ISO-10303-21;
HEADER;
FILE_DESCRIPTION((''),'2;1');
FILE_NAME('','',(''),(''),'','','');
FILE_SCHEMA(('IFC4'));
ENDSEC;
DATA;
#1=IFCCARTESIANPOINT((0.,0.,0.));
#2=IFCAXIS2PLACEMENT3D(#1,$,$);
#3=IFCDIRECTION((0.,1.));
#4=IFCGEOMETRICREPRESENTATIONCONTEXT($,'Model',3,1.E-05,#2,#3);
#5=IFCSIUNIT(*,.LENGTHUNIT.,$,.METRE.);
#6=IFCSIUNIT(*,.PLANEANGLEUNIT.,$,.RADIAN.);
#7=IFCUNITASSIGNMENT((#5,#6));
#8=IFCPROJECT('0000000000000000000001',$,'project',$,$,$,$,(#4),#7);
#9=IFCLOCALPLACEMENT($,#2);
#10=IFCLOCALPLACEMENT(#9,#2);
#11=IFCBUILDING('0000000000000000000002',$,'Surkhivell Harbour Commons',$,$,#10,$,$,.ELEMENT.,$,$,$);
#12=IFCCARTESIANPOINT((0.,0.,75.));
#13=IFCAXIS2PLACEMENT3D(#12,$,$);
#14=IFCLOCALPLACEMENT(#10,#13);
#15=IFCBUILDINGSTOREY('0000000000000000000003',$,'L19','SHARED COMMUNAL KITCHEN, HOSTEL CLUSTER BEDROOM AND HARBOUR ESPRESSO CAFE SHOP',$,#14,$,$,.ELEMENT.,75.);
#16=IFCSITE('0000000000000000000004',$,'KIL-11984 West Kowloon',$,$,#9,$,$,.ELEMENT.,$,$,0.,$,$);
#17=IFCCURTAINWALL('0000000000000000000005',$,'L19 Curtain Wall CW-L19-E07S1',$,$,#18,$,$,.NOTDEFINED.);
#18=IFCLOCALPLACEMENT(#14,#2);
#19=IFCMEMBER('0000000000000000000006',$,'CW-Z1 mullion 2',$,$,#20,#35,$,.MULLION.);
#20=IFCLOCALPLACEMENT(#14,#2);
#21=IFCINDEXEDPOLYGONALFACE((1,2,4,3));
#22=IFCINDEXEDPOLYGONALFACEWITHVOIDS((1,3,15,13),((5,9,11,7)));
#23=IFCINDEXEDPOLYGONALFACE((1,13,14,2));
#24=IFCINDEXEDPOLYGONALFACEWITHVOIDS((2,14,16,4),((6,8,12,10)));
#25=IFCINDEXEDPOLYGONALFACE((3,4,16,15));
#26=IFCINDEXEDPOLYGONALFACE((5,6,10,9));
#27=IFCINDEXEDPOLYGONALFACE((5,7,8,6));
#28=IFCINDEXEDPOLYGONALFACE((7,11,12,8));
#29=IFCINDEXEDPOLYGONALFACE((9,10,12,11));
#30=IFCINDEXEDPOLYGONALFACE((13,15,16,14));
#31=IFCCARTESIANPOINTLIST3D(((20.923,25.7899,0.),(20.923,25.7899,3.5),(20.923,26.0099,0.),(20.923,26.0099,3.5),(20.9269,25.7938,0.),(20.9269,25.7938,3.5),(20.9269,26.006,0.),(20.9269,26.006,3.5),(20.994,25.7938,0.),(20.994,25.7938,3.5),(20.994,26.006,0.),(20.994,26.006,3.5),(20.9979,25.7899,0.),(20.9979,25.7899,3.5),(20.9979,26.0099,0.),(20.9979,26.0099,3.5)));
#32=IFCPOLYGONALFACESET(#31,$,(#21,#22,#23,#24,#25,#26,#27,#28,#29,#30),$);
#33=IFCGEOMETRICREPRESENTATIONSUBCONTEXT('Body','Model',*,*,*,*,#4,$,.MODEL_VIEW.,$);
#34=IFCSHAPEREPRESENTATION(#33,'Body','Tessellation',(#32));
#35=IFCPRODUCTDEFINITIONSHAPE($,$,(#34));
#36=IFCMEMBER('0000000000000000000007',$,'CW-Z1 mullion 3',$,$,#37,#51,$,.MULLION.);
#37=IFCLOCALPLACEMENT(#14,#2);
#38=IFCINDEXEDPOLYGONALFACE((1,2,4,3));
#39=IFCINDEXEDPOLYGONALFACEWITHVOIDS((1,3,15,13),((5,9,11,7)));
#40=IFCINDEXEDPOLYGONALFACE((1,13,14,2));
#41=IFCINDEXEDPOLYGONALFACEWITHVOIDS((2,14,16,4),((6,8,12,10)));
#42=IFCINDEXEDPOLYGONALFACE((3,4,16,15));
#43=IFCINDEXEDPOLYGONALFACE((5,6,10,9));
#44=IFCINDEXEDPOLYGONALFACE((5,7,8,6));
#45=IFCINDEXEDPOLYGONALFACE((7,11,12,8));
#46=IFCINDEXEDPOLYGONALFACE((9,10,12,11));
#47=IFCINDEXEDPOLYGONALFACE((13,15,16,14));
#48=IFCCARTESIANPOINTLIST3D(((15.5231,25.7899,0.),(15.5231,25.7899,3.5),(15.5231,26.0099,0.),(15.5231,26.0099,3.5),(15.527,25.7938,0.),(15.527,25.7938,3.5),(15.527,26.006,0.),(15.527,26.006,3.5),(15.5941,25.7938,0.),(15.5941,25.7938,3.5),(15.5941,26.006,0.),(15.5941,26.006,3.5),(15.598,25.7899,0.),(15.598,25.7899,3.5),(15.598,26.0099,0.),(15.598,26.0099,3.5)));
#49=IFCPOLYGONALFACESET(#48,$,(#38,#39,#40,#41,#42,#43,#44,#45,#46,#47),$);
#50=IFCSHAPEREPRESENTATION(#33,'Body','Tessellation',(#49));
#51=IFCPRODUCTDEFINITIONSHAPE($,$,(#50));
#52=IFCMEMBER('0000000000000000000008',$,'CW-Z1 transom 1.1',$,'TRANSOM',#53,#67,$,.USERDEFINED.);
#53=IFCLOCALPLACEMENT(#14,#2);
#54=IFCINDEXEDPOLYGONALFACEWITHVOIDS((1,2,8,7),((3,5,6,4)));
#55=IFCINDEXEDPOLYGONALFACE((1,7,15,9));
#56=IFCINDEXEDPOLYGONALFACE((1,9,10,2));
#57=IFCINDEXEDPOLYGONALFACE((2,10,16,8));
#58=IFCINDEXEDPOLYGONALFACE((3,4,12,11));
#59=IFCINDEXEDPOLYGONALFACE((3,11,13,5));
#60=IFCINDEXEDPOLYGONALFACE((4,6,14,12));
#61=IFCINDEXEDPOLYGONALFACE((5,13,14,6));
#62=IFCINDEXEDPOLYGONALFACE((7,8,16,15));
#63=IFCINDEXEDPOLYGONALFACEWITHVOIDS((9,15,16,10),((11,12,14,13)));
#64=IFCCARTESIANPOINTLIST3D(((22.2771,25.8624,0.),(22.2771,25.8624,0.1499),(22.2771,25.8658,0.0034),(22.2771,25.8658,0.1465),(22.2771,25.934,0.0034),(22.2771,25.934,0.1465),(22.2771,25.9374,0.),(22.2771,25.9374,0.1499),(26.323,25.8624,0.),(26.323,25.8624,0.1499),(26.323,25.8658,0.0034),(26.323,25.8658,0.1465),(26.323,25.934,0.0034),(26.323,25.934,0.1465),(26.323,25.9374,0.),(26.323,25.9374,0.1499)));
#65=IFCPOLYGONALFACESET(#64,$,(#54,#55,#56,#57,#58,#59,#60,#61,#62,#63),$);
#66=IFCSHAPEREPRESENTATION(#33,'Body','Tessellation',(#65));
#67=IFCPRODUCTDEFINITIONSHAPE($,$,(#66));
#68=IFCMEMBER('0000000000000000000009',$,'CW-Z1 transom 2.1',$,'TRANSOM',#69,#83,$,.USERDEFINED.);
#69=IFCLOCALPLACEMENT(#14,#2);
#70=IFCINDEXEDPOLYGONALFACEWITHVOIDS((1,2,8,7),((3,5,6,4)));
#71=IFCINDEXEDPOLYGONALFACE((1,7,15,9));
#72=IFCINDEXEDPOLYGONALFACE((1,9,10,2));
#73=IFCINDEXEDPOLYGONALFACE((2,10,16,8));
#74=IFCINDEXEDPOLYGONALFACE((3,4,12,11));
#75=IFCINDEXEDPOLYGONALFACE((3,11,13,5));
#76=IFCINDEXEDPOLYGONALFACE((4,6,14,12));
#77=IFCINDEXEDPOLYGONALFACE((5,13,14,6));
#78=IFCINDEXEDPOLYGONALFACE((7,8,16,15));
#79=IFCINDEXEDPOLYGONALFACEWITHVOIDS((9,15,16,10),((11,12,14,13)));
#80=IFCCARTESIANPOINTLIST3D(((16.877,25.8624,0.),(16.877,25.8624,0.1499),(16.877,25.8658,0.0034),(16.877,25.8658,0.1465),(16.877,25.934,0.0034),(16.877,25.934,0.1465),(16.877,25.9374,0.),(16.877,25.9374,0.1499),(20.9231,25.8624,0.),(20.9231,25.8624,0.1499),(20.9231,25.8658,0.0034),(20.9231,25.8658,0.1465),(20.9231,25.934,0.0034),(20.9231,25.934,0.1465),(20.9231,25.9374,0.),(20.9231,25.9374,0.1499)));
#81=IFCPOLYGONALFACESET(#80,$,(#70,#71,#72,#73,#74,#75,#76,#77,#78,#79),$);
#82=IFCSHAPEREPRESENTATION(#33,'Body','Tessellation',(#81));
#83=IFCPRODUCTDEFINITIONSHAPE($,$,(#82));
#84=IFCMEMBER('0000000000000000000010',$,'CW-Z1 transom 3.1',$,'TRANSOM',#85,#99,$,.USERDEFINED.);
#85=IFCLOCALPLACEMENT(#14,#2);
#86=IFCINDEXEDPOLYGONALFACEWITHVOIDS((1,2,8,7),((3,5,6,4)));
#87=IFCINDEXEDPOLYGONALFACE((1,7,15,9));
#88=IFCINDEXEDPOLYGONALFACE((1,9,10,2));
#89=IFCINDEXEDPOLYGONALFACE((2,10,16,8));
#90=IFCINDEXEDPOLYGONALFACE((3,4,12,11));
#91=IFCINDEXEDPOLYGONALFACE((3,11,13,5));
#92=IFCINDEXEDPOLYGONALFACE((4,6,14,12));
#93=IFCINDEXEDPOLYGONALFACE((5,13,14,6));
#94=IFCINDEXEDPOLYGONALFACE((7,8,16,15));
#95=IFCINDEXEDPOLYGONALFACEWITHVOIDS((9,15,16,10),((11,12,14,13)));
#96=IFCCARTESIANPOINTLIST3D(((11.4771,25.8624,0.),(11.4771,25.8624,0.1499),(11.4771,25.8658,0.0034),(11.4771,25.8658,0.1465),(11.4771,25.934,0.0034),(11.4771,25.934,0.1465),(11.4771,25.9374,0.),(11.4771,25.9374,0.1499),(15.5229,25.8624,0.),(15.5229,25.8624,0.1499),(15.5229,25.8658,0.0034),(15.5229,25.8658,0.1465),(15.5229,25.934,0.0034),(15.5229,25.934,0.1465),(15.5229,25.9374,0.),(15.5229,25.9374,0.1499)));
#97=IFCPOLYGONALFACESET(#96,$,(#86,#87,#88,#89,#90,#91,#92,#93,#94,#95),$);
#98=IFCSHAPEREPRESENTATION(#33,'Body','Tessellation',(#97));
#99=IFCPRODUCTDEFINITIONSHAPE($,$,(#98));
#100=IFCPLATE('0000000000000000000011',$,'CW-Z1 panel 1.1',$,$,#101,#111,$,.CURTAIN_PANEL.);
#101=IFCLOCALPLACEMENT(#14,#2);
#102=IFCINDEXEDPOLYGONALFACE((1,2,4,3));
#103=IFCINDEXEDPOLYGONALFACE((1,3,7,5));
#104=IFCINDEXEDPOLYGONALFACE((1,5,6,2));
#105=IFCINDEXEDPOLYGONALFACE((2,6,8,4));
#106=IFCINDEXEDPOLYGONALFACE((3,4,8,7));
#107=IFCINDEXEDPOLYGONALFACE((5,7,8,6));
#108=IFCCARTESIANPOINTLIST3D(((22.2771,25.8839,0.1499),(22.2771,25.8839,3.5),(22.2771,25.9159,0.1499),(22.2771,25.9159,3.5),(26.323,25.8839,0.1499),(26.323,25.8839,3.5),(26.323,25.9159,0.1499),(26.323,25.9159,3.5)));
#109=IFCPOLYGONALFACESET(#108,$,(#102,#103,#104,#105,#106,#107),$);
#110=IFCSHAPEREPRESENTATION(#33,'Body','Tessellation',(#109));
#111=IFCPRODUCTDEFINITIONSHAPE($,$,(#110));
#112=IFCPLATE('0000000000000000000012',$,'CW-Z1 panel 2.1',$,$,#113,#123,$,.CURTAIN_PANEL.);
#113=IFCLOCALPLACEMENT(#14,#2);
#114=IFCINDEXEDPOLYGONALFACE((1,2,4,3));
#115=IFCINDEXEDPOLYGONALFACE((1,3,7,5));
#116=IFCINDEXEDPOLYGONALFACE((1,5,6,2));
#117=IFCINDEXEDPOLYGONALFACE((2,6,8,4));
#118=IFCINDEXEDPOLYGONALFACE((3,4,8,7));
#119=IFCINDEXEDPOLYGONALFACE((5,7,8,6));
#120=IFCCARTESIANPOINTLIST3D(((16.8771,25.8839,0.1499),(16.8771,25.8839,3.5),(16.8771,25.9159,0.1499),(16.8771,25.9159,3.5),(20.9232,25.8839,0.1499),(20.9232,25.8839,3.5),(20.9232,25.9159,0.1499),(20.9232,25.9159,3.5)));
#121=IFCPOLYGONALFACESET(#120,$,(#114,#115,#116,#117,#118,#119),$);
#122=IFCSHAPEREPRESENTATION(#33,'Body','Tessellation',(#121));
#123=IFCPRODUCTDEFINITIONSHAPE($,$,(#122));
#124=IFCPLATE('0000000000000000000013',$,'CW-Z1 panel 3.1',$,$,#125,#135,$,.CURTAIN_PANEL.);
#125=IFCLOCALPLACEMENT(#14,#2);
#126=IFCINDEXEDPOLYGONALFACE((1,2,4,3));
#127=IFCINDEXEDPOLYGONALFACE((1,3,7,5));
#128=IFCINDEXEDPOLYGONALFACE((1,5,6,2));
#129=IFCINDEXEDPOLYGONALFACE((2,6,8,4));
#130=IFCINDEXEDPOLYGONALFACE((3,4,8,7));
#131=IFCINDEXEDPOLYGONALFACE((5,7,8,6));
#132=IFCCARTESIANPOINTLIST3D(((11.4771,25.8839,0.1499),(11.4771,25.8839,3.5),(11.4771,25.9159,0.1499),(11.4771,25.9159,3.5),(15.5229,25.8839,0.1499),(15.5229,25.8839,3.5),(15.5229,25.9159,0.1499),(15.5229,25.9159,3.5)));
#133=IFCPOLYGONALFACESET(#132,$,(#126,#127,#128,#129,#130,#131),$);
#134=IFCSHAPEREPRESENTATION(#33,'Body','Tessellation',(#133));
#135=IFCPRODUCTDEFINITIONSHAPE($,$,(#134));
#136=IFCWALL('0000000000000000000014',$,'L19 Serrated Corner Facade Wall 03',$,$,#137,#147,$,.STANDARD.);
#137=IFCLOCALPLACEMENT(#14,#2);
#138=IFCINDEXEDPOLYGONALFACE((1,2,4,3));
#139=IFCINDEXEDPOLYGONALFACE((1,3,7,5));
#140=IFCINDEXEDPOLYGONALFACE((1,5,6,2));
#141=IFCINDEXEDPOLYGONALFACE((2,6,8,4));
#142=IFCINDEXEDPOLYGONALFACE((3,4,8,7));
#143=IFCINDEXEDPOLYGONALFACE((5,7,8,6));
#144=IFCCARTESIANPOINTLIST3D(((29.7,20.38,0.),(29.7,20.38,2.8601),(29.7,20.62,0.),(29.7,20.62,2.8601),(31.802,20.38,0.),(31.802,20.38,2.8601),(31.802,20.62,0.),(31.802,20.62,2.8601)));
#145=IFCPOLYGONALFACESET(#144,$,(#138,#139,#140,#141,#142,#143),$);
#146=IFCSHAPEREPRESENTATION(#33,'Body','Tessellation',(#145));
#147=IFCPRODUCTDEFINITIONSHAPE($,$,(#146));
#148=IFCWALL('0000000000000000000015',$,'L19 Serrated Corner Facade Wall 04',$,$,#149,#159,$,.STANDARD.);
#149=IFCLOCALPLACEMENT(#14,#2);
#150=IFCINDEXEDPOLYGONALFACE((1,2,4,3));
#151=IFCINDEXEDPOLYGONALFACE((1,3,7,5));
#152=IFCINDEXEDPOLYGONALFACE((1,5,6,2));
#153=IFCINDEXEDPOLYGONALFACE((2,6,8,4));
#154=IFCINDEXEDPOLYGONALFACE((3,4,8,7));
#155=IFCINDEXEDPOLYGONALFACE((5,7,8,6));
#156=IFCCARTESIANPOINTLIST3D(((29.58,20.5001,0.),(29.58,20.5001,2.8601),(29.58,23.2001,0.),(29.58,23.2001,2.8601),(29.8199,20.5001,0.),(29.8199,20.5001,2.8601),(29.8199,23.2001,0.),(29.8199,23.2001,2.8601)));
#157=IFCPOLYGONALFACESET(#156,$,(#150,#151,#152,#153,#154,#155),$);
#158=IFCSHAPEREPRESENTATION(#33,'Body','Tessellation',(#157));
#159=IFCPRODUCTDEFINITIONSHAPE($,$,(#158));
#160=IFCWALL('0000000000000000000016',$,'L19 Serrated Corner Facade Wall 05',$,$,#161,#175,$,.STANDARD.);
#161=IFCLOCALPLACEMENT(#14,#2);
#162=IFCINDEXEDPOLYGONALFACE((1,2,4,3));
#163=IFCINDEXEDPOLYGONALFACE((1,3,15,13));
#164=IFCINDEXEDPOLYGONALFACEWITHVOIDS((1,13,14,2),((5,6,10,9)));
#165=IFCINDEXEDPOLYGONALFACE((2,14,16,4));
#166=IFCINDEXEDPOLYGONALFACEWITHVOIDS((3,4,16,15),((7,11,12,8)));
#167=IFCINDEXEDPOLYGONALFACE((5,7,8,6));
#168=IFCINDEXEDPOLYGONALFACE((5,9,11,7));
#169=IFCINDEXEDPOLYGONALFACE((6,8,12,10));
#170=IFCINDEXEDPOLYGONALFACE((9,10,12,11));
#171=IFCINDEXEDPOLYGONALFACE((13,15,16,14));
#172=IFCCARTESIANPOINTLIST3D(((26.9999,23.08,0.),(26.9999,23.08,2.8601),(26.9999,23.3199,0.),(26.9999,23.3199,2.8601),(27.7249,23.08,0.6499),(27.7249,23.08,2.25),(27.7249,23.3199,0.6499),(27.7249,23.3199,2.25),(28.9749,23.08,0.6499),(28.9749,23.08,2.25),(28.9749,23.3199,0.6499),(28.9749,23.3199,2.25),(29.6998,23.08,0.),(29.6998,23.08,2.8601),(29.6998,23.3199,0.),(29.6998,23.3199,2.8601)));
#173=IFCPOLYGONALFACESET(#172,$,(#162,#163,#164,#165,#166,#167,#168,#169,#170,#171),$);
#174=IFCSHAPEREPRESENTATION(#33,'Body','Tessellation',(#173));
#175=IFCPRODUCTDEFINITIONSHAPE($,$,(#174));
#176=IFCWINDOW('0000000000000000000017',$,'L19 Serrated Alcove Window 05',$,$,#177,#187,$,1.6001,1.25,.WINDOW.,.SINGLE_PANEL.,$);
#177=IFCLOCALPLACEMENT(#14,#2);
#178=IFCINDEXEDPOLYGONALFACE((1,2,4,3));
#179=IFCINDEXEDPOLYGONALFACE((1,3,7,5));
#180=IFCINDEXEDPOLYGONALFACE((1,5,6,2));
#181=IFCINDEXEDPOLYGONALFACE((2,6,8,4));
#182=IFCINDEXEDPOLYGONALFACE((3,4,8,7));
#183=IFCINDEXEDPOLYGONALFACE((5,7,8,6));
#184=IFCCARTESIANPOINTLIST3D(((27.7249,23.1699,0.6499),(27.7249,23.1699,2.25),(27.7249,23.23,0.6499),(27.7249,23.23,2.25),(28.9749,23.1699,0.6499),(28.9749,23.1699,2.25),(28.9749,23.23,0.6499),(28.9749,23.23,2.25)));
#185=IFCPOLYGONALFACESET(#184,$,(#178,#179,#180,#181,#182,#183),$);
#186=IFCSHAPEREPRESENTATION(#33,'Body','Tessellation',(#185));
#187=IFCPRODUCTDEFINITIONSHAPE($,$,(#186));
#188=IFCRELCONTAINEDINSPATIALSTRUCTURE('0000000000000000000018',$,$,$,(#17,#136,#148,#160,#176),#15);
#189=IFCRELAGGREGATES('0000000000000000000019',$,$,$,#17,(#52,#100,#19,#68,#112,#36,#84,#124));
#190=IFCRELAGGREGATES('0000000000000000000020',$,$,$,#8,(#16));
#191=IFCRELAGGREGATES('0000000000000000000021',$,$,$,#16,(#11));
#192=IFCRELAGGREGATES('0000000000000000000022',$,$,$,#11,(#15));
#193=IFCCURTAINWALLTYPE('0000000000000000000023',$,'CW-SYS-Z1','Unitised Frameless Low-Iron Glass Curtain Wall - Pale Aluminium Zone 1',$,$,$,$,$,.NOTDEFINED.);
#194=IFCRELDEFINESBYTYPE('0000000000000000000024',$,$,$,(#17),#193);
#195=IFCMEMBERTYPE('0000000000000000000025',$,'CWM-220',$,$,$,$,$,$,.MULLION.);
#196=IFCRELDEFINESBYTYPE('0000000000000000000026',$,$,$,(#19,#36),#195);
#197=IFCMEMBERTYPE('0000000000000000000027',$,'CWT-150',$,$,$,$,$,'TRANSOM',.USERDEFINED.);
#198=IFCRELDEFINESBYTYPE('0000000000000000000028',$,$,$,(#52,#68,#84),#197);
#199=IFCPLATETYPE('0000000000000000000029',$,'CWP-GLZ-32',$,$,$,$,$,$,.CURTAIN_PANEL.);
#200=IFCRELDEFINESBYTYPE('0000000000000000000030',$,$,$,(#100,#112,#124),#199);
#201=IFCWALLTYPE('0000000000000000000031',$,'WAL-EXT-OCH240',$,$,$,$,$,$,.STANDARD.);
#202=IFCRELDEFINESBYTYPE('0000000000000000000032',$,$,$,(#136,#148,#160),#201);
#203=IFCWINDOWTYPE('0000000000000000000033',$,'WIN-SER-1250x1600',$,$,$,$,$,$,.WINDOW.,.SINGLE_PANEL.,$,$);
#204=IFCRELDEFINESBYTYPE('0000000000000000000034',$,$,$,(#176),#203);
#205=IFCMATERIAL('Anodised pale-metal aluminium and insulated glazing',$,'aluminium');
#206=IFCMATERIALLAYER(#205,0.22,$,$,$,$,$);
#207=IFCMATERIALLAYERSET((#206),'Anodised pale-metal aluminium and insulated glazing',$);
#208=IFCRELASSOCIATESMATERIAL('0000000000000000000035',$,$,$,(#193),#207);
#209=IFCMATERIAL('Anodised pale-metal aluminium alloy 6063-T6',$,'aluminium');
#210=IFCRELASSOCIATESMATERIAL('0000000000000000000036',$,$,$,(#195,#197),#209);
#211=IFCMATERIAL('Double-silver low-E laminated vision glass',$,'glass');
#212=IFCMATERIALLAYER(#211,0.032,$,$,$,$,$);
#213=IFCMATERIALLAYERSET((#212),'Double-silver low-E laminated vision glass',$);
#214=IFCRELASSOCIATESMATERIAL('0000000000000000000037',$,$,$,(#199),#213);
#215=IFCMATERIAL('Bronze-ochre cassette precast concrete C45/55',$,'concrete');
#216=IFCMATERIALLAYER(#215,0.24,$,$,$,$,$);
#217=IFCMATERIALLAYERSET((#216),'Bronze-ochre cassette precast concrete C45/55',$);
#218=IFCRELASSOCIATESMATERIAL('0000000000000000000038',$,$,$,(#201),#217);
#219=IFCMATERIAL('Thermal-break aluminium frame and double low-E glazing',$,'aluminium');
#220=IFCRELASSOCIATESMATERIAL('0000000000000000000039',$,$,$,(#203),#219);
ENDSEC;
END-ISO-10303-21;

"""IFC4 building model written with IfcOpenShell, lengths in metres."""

from ifc_helpers import new_model, si_unit, direction, frame, frame_2d, origin, origin_2d, place, context, subcontext, project, spatial, rectangle, hollow_rectangle, extrude, material, layer, layer_set, material_profile, profile_set, type_object, element, fill, aggregate, save


model = new_model("IFC4")

# Units and contexts
model_context = context("Model", 3, precision=1e-05, world=origin(), true_north=direction((0.0, 1.0)))
body_context = subcontext(model_context, "Body", "Model", "MODEL_VIEW")
ifc_project = project(units=[si_unit("LENGTHUNIT", "METRE"), si_unit("PLANEANGLEUNIT", "RADIAN")], contexts=[model_context])

# Site, building, storey
site_placement = place(None, origin())
site = spatial("IfcSite", under=ifc_project, at=site_placement, Name="KIL-11984 West Kowloon", CompositionType="ELEMENT", RefElevation=0.0)
building_placement = place(site_placement, origin())
building = spatial("IfcBuilding", under=site, at=building_placement, Name="Surkhivell Harbour Commons", CompositionType="ELEMENT")
storey_placement = place(building_placement, frame((0.0, 0.0, 75.0)))
storey = spatial("IfcBuildingStorey", under=building, at=storey_placement, Name="L19", Description="SHARED COMMUNAL KITCHEN, HOSTEL CLUSTER BEDROOM AND HARBOUR ESPRESSO CAFE SHOP", CompositionType="ELEMENT", Elevation=75.0)

# Curtain wall, members, plates
ifc_material_1 = material(Name="Anodised pale-metal aluminium and insulated glazing", Category="aluminium")
ifc_layer_1 = layer(ifc_material_1, 0.22)
ifc_layer_set_1 = layer_set([ifc_layer_1], Name="Anodised pale-metal aluminium and insulated glazing")
curtain_wall_type = type_object("IfcCurtainWallType", Name="CW-SYS-Z1", Description="Unitised Frameless Low-Iron Glass Curtain Wall - Pale Aluminium Zone 1", PredefinedType="NOTDEFINED", material=ifc_layer_set_1)
curtain_wall_placement = place(storey_placement, origin())
curtain_wall = element("IfcCurtainWall", 1, at=curtain_wall_placement, inside=storey, type_object=curtain_wall_type, Name="L19 Curtain Wall CW-L19-E07S1", PredefinedType="NOTDEFINED")
ifc_material_2 = material(Name="Anodised pale-metal aluminium alloy 6063-T6", Category="aluminium")
ifc_material_profile_1 = material_profile(ifc_material_2, hollow_rectangle(XDim=0.075, YDim=0.22, WallThickness=0.0039, at=origin_2d()), Name="ALU-MULL-75x220")
ifc_profile_set_1 = profile_set([ifc_material_profile_1], Name="Anodised pale-metal aluminium alloy 6063-T6")
member_type_1 = type_object("IfcMemberType", Name="CWM-220", PredefinedType="MULLION", material=ifc_profile_set_1)
member_1_placement = place(storey_placement, frame((20.9604, 25.8999, 0.0), z_axis=(0.0, 0.0, 1.0), x_axis=(-1.0, 0.0, 0.0)))
member_1 = element("IfcMember", 2, at=member_1_placement, type_object=member_type_1, Name="CW-Z1 mullion 2", PredefinedType="MULLION", context=body_context, shape_type="SweptSolid", body=[
    extrude(hollow_rectangle(XDim=0.075, YDim=0.22, WallThickness=0.0039, at=origin_2d()), origin(), (0.0, 0.0, 1.0), 3.5),
])
member_2_placement = place(storey_placement, frame((15.5605, 25.8999, 0.0), z_axis=(0.0, 0.0, 1.0), x_axis=(-1.0, 0.0, 0.0)))
member_2 = element("IfcMember", 3, at=member_2_placement, type_object=member_type_1, Name="CW-Z1 mullion 3", PredefinedType="MULLION", context=body_context, shape_type="SweptSolid", body=[
    extrude(hollow_rectangle(XDim=0.075, YDim=0.22, WallThickness=0.0039, at=origin_2d()), origin(), (0.0, 0.0, 1.0), 3.5),
])
ifc_material_profile_2 = material_profile(ifc_material_2, hollow_rectangle(XDim=0.075, YDim=0.1499, WallThickness=0.0034, at=origin_2d()), Name="ALU-TRAN-75x150")
ifc_profile_set_2 = profile_set([ifc_material_profile_2], Name="Anodised pale-metal aluminium alloy 6063-T6")
member_type_2 = type_object("IfcMemberType", Name="CWT-150", ElementType="TRANSOM", PredefinedType="USERDEFINED", material=ifc_profile_set_2)
member_3_placement = place(storey_placement, frame((26.323, 25.8999, 0.075), z_axis=(-1.0, 0.0, 0.0), x_axis=(0.0, -1.0, 0.0)))
member_3 = element("IfcMember", 4, at=member_3_placement, type_object=member_type_2, Name="CW-Z1 transom 1.1", ObjectType="TRANSOM", PredefinedType="USERDEFINED", context=body_context, shape_type="SweptSolid", body=[
    extrude(hollow_rectangle(XDim=0.075, YDim=0.1499, WallThickness=0.0034, at=origin_2d()), origin(), (0.0, 0.0, 1.0), 4.0459),
])
member_4_placement = place(storey_placement, frame((20.9231, 25.8999, 0.075), z_axis=(-1.0, 0.0, 0.0), x_axis=(0.0, -1.0, 0.0)))
member_4 = element("IfcMember", 5, at=member_4_placement, type_object=member_type_2, Name="CW-Z1 transom 2.1", ObjectType="TRANSOM", PredefinedType="USERDEFINED", context=body_context, shape_type="SweptSolid", body=[
    extrude(hollow_rectangle(XDim=0.075, YDim=0.1499, WallThickness=0.0034, at=origin_2d()), origin(), (0.0, 0.0, 1.0), 4.0461),
])
member_5_placement = place(storey_placement, frame((15.5229, 25.8999, 0.075), z_axis=(-1.0, 0.0, 0.0), x_axis=(0.0, -1.0, 0.0)))
member_5 = element("IfcMember", 6, at=member_5_placement, type_object=member_type_2, Name="CW-Z1 transom 3.1", ObjectType="TRANSOM", PredefinedType="USERDEFINED", context=body_context, shape_type="SweptSolid", body=[
    extrude(hollow_rectangle(XDim=0.075, YDim=0.1499, WallThickness=0.0034, at=origin_2d()), origin(), (0.0, 0.0, 1.0), 4.0459),
])
ifc_material_3 = material(Name="Double-silver low-E laminated vision glass", Category="glass")
ifc_layer_2 = layer(ifc_material_3, 0.032)
ifc_layer_set_2 = layer_set([ifc_layer_2], Name="Double-silver low-E laminated vision glass")
plate_type = type_object("IfcPlateType", Name="CWP-GLZ-32", PredefinedType="CURTAIN_PANEL", material=ifc_layer_set_2)
plate_1_placement = place(storey_placement, frame((26.323, 25.8999, 0.1499), z_axis=(0.0, 0.0, 1.0), x_axis=(-1.0, 0.0, 0.0)))
plate_1 = element("IfcPlate", 7, at=plate_1_placement, type_object=plate_type, Name="CW-Z1 panel 1.1", PredefinedType="CURTAIN_PANEL", context=body_context, shape_type="SweptSolid", body=[
    extrude(rectangle(XDim=4.0459, YDim=0.032, at=frame_2d((2.0229, 0.0))), origin(), (0.0, 0.0, 1.0), 3.3501),
])
plate_2_placement = place(storey_placement, frame((20.9231, 25.8999, 0.1499), z_axis=(0.0, 0.0, 1.0), x_axis=(-1.0, 0.0, 0.0)))
plate_2 = element("IfcPlate", 8, at=plate_2_placement, type_object=plate_type, Name="CW-Z1 panel 2.1", PredefinedType="CURTAIN_PANEL", context=body_context, shape_type="SweptSolid", body=[
    extrude(rectangle(XDim=4.0461, YDim=0.032, at=frame_2d((2.0229, 0.0))), origin(), (0.0, 0.0, 1.0), 3.3501),
])
plate_3_placement = place(storey_placement, frame((15.5229, 25.8999, 0.1499), z_axis=(0.0, 0.0, 1.0), x_axis=(-1.0, 0.0, 0.0)))
plate_3 = element("IfcPlate", 9, at=plate_3_placement, type_object=plate_type, Name="CW-Z1 panel 3.1", PredefinedType="CURTAIN_PANEL", context=body_context, shape_type="SweptSolid", body=[
    extrude(rectangle(XDim=4.0459, YDim=0.032, at=frame_2d((2.0229, 0.0))), origin(), (0.0, 0.0, 1.0), 3.3501),
])
aggregate(curtain_wall, [member_3, plate_1, member_1, member_4, plate_2, member_2, member_5, plate_3])

# Walls
ifc_material_4 = material(Name="Bronze-ochre cassette precast concrete C45/55", Category="concrete")
ifc_layer_3 = layer(ifc_material_4, 0.24)
ifc_layer_set_3 = layer_set([ifc_layer_3], Name="Bronze-ochre cassette precast concrete C45/55")
wall_type = type_object("IfcWallType", Name="WAL-EXT-OCH240", PredefinedType="STANDARD", material=ifc_layer_set_3)
wall_1_placement = place(storey_placement, frame((31.802, 20.5, 0.0), z_axis=(0.0, 0.0, 1.0), x_axis=(-1.0, 0.0, 0.0)))
element("IfcWall", 10, at=wall_1_placement, inside=storey, type_object=wall_type, Name="L19 Serrated Corner Facade Wall 03", PredefinedType="STANDARD", context=body_context, shape_type="SweptSolid", body=[
    extrude(rectangle(XDim=2.1021, YDim=0.24, at=frame_2d((1.051, 0.0))), origin(), (0.0, 0.0, 1.0), 2.8601),
])
wall_2_placement = place(storey_placement, frame((29.7, 20.5, 0.0), z_axis=(0.0, 0.0, 1.0), x_axis=(0.0, 1.0, 0.0)))
element("IfcWall", 11, at=wall_2_placement, inside=storey, type_object=wall_type, Name="L19 Serrated Corner Facade Wall 04", PredefinedType="STANDARD", context=body_context, shape_type="SweptSolid", body=[
    extrude(rectangle(XDim=2.7, YDim=0.24, at=frame_2d((1.3501, 0.0))), origin(), (0.0, 0.0, 1.0), 2.8601),
])

# Wall, opening, window
wall_3_placement = place(storey_placement, frame((29.7, 23.2, 0.0), z_axis=(0.0, 0.0, 1.0), x_axis=(-1.0, 0.0, 0.0)))
wall_3 = element("IfcWall", 12, at=wall_3_placement, inside=storey, type_object=wall_type, Name="L19 Serrated Corner Facade Wall 05", PredefinedType="STANDARD", context=body_context, shape_type="SweptSolid", body=[
    extrude(rectangle(XDim=2.7, YDim=0.24, at=frame_2d((1.3501, 0.0))), origin(), (0.0, 0.0, 1.0), 2.8601),
])
opening_placement = place(wall_3_placement, frame((0.7251, 0.0, 0.6499)))
opening = element("IfcOpeningElement", 13, at=opening_placement, cuts=wall_3, PredefinedType="OPENING", context=body_context, shape_type="SweptSolid", body=[
    extrude(rectangle(XDim=1.25, YDim=1.6001, at=frame_2d((0.625, 0.8))), frame((0.0, 0.1299, 0.0), z_axis=(0.0, -1.0, 0.0), x_axis=(1.0, 0.0, 0.0)), (0.0, 0.0, 1.0), 0.26),
])
ifc_material_5 = material(Name="Thermal-break aluminium frame and double low-E glazing", Category="aluminium")
window_type = type_object("IfcWindowType", Name="WIN-SER-1250x1600", PartitioningType="SINGLE_PANEL", PredefinedType="WINDOW", material=ifc_material_5)
window_placement = place(opening_placement, origin())
window = element("IfcWindow", 14, at=window_placement, inside=storey, type_object=window_type, Name="L19 Serrated Alcove Window 05", OverallHeight=1.6001, OverallWidth=1.25, PartitioningType="SINGLE_PANEL", PredefinedType="WINDOW", context=body_context, shape_type="SweptSolid", body=[
    extrude(rectangle(XDim=1.25, YDim=1.6001, at=frame_2d((0.625, 0.8))), frame((0.0, 0.03, 0.0), z_axis=(0.0, -1.0, 0.0), x_axis=(1.0, 0.0, 0.0)), (0.0, 0.0, 1.0), 0.0601),
])
fill(opening, window)

save(model, "model.ifc")
